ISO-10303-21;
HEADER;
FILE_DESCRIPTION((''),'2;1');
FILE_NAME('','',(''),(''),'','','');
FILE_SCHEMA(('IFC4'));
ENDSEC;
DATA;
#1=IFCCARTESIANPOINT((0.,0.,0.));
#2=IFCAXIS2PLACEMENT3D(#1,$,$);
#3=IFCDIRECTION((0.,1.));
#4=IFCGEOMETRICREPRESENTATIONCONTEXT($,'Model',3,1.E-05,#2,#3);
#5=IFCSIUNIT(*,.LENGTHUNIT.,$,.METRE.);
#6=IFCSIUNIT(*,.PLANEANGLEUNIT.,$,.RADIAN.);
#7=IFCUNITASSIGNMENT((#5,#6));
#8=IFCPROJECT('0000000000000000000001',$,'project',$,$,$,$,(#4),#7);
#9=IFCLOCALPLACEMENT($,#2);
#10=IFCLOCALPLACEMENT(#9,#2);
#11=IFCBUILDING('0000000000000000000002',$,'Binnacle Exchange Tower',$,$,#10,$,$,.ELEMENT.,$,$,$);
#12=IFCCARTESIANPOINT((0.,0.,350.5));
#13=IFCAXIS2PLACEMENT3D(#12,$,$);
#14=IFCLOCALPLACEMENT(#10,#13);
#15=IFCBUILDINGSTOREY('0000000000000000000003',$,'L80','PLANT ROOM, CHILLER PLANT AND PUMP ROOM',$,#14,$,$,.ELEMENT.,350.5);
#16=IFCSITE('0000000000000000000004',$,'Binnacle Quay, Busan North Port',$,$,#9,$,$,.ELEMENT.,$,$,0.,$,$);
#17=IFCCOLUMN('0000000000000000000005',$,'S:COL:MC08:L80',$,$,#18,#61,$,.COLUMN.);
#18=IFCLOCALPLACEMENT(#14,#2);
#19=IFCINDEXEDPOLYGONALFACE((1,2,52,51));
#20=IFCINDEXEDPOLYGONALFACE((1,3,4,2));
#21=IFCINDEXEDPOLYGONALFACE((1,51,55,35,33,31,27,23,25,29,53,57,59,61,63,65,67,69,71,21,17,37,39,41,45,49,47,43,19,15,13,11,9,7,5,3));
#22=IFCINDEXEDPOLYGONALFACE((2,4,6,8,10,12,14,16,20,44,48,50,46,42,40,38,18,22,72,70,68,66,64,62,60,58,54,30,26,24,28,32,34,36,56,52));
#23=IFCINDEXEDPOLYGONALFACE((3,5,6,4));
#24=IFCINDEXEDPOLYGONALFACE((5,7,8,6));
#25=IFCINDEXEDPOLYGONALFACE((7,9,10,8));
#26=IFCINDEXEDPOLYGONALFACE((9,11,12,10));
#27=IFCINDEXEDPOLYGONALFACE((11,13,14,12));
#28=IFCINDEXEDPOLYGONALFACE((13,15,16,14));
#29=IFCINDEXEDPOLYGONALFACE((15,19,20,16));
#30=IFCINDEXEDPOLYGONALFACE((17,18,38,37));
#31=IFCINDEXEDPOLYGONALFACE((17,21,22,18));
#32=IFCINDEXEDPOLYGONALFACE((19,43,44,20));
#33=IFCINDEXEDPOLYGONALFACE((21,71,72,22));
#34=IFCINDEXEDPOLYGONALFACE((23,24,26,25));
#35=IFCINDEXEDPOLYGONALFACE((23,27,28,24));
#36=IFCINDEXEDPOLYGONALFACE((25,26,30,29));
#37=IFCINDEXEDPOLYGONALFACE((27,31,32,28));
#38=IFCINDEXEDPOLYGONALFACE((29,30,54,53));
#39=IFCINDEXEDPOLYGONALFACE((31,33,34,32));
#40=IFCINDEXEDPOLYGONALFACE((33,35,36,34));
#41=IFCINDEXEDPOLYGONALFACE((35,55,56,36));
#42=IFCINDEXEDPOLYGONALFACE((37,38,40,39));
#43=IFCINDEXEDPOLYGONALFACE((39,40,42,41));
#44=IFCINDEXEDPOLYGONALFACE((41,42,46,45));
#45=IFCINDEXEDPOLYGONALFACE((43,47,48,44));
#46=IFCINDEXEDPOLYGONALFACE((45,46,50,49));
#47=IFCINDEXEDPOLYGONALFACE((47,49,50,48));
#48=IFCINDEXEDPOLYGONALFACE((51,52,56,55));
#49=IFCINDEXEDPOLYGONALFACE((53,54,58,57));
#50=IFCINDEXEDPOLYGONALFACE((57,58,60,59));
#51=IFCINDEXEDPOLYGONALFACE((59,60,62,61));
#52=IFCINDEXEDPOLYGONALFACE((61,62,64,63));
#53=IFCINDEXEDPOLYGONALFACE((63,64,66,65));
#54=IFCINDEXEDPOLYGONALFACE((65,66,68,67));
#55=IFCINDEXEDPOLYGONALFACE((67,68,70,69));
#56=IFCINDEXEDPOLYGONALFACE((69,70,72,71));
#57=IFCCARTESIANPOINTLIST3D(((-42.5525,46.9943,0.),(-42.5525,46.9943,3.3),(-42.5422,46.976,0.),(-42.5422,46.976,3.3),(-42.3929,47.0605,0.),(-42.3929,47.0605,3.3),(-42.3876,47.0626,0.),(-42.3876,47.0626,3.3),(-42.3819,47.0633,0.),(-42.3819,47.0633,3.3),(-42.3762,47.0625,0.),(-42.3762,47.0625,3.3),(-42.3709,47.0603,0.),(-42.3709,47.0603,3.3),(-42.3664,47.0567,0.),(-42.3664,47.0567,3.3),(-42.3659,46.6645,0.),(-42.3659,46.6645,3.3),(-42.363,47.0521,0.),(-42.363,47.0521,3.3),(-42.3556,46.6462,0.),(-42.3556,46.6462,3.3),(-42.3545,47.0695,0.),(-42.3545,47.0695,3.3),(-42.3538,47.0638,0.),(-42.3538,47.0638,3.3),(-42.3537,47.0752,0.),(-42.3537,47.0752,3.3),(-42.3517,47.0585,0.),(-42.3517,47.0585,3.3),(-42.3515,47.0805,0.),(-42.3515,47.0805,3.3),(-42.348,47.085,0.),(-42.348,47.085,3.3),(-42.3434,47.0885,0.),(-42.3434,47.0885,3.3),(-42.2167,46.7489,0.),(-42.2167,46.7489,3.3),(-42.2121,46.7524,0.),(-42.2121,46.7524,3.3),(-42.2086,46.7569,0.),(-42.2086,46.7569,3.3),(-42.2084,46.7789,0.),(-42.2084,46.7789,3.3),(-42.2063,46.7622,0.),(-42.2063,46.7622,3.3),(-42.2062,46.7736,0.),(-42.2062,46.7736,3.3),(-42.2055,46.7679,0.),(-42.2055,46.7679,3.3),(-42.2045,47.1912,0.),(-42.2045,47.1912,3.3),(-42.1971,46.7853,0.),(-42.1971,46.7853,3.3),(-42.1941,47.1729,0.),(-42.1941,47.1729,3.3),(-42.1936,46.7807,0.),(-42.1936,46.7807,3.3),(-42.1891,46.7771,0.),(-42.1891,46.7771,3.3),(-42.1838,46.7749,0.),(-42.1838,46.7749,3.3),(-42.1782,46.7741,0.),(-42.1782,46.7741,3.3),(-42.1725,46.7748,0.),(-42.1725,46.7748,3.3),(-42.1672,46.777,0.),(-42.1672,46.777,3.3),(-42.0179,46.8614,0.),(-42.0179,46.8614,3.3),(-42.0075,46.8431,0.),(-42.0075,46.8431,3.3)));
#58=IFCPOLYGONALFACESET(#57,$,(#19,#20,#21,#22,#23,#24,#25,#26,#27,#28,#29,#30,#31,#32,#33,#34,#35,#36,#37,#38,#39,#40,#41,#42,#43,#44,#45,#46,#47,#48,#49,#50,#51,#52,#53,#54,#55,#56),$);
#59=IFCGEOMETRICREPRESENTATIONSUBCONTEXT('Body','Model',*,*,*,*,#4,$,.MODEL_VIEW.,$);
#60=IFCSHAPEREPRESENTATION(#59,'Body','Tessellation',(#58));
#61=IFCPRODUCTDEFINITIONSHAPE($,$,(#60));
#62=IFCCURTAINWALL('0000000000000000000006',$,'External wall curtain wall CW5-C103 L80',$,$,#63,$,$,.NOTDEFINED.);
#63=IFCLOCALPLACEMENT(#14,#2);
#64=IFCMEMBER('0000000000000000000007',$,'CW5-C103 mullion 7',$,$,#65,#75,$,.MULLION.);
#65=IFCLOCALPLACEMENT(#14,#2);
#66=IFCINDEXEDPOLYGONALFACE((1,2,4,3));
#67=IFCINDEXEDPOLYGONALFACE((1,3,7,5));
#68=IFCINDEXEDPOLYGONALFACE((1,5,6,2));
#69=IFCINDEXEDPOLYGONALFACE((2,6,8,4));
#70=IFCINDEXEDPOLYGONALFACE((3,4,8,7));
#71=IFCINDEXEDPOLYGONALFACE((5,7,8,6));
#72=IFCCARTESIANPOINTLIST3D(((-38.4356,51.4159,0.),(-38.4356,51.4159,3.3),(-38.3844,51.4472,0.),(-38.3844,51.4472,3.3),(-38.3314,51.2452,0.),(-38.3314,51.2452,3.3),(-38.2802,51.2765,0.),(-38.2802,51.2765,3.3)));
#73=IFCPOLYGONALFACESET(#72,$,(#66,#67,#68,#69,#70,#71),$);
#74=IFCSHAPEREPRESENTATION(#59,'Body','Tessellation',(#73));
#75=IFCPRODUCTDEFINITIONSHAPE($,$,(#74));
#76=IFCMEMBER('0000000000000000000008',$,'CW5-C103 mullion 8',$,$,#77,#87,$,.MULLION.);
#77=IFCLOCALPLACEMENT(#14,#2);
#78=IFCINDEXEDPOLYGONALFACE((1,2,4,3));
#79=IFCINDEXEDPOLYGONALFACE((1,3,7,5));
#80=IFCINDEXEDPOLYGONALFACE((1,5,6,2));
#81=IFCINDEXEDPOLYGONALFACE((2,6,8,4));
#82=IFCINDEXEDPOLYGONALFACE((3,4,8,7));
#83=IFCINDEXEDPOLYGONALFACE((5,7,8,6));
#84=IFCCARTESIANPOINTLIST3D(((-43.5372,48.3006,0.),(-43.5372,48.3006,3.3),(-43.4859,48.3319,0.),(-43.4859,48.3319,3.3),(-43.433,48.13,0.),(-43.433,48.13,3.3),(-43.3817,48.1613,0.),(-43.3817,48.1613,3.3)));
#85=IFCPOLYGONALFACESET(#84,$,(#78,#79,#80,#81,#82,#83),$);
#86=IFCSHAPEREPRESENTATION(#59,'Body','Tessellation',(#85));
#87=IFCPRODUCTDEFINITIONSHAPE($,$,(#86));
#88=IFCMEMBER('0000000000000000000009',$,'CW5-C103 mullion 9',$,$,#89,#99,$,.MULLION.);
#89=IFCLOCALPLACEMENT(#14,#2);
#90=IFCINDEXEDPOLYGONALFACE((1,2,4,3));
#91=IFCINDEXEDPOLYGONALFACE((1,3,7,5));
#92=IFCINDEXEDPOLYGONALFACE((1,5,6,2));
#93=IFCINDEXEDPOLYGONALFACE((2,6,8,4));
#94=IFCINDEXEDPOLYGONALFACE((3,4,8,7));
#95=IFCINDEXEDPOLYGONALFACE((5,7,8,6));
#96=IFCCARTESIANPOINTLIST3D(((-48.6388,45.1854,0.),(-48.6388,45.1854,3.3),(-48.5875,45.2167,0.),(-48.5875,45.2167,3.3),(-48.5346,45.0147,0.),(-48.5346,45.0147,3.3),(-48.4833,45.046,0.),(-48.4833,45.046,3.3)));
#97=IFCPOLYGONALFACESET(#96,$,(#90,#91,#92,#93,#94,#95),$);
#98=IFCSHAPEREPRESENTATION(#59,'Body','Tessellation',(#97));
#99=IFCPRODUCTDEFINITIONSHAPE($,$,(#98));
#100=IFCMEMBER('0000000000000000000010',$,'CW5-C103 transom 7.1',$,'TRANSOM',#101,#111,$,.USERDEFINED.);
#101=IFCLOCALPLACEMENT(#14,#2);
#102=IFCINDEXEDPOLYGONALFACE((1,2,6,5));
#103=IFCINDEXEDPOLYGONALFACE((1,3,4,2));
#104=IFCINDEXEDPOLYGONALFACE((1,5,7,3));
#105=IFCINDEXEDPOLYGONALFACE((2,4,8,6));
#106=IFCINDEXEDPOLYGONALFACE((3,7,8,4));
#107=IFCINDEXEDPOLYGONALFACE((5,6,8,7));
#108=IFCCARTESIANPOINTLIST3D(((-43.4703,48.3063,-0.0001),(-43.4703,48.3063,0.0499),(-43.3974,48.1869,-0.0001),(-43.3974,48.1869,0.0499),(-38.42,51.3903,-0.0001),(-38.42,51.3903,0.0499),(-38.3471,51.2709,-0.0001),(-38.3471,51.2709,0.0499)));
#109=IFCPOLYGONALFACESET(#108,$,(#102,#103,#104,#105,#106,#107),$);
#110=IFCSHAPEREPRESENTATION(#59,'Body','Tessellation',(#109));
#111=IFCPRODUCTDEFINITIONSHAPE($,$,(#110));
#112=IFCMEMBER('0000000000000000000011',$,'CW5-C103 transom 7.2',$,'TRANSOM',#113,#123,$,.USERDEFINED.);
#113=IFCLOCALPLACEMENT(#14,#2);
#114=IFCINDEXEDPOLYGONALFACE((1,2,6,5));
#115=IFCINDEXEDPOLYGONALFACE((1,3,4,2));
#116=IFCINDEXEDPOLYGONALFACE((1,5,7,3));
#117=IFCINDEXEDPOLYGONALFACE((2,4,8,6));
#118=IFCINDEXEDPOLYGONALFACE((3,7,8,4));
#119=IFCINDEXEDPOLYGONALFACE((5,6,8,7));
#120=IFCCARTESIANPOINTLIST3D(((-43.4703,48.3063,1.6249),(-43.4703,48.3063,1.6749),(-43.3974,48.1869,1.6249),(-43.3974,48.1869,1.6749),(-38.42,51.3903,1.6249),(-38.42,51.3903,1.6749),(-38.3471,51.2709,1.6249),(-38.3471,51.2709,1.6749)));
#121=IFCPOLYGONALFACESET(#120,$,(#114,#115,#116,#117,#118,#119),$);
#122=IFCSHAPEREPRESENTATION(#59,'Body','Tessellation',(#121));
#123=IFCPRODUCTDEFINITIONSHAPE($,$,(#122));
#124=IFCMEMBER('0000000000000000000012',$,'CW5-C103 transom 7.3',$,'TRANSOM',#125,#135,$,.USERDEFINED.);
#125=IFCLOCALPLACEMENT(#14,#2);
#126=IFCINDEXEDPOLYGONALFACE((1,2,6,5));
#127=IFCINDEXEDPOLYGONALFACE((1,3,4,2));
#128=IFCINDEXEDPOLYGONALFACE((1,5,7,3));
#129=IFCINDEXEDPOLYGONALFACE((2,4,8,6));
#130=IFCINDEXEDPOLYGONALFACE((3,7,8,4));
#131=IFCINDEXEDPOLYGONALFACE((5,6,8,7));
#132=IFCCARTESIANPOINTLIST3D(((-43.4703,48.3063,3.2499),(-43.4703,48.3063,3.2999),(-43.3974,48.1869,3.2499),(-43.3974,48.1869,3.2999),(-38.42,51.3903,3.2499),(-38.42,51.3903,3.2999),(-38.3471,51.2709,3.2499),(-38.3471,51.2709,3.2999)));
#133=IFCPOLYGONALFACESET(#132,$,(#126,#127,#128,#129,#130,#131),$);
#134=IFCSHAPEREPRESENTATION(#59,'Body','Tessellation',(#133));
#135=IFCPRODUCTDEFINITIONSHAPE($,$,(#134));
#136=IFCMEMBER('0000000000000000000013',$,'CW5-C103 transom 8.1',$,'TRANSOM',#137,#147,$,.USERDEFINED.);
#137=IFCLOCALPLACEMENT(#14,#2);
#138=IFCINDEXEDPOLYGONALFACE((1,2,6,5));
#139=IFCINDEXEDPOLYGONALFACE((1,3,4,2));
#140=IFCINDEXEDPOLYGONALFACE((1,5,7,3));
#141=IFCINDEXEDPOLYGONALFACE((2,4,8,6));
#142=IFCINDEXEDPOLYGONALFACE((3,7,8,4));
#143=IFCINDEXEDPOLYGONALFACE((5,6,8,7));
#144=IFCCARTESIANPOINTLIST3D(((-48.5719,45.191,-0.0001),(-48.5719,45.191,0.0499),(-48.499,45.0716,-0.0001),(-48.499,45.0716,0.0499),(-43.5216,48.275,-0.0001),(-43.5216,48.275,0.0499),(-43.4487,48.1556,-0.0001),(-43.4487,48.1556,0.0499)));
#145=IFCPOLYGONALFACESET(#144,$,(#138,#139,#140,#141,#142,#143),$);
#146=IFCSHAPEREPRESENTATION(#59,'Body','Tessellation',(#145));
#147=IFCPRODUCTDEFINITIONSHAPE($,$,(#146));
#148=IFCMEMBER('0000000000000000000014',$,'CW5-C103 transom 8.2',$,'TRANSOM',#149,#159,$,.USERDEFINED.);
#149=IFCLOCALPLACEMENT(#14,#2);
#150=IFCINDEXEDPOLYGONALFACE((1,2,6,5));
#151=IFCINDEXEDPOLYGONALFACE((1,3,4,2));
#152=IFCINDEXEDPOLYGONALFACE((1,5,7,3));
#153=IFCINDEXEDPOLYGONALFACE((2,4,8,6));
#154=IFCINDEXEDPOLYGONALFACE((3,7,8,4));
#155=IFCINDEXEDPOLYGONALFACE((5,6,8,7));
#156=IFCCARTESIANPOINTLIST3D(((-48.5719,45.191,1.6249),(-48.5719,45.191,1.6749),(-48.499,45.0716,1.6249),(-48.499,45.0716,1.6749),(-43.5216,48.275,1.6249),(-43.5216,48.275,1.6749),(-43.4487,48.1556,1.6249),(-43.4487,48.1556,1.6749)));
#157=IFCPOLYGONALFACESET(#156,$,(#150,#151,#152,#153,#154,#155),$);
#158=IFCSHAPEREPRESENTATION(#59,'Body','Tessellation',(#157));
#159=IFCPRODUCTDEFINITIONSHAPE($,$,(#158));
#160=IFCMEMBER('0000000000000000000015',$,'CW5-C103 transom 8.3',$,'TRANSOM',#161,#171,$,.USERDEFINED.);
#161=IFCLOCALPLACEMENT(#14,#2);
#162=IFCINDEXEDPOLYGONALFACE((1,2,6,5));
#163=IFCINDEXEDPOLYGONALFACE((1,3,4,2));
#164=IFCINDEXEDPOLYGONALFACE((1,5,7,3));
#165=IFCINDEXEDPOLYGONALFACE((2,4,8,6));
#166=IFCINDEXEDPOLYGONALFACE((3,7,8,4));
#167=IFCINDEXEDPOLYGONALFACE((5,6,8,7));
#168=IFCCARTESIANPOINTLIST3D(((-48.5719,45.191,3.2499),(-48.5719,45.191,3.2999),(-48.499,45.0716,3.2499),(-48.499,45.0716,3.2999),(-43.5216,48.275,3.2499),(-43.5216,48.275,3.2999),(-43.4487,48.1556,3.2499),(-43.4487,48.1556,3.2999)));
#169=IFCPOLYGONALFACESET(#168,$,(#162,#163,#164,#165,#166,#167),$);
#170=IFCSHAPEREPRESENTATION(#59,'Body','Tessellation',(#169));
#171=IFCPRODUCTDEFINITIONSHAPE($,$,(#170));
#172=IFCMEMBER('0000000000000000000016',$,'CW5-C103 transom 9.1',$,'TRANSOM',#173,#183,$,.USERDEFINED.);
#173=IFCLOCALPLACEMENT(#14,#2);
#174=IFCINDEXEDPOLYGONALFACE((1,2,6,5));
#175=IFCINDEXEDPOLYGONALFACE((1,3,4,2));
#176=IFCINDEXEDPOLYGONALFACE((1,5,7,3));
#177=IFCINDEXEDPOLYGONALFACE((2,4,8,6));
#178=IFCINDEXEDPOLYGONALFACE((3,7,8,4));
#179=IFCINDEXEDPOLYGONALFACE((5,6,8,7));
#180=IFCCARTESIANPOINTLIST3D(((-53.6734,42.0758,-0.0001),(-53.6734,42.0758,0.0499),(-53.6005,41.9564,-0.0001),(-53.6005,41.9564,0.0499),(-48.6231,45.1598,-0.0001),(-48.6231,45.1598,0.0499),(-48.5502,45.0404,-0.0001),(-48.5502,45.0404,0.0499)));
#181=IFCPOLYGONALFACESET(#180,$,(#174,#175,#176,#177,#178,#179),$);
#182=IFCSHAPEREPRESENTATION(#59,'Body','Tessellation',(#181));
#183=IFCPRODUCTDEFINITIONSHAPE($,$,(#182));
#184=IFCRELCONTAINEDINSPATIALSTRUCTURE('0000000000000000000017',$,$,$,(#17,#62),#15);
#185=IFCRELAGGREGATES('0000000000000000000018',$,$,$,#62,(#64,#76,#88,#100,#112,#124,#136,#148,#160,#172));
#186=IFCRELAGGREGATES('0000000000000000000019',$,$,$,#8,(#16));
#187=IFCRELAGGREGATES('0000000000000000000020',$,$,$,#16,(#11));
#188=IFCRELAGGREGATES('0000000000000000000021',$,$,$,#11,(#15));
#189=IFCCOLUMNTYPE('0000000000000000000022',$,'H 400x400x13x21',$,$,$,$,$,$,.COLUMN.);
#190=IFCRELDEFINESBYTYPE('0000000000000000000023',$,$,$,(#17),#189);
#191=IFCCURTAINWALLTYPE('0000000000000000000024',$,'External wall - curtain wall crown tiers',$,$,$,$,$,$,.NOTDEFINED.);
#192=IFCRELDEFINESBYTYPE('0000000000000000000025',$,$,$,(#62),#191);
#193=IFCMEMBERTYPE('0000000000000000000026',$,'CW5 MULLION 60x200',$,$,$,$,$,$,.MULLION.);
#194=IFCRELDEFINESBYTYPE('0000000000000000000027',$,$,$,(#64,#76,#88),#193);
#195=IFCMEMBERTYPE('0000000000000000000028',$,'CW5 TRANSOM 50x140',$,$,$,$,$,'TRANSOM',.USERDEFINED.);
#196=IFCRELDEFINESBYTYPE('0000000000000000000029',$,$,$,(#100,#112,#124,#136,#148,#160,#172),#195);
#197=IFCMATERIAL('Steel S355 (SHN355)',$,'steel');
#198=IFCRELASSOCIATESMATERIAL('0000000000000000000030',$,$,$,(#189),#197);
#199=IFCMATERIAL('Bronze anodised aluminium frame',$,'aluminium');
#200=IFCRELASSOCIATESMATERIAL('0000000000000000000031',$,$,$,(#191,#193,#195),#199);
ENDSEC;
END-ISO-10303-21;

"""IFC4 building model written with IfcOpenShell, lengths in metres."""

from ifc_helpers import new_model, si_unit, direction, frame, origin, origin_2d, place, context, subcontext, project, spatial, rectangle, i_section, extrude, material, material_profile, profile_set, type_object, element, aggregate, save


model = new_model("IFC4")

# Units and contexts
model_context = context("Model", 3, precision=1e-05, world=origin(), true_north=direction((0.0, 1.0)))
body_context = subcontext(model_context, "Body", "Model", "MODEL_VIEW")
ifc_project = project(units=[si_unit("LENGTHUNIT", "METRE"), si_unit("PLANEANGLEUNIT", "RADIAN")], contexts=[model_context])

# Site, building, storey
site_placement = place(None, origin())
site = spatial("IfcSite", under=ifc_project, at=site_placement, Name="Binnacle Quay, Busan North Port", CompositionType="ELEMENT", RefElevation=0.0)
building_placement = place(site_placement, origin())
building = spatial("IfcBuilding", under=site, at=building_placement, Name="Binnacle Exchange Tower", CompositionType="ELEMENT")
storey_placement = place(building_placement, frame((0.0, 0.0, 350.5)))
storey = spatial("IfcBuildingStorey", under=building, at=storey_placement, Name="L80", Description="PLANT ROOM, CHILLER PLANT AND PUMP ROOM", CompositionType="ELEMENT", Elevation=350.5)

# Column
ifc_material_1 = material(Name="Steel S355 (SHN355)", Category="steel")
ifc_material_profile_1 = material_profile(ifc_material_1, i_section(OverallWidth=0.3999, OverallDepth=0.3999, WebThickness=0.0129, FlangeThickness=0.021, FilletRadius=0.022, at=origin_2d()), Name="H 400x400x13x21")
ifc_profile_set_1 = profile_set([ifc_material_profile_1], Name="Steel S355 (SHN355)")
column_type = type_object("IfcColumnType", Name="H 400x400x13x21", PredefinedType="COLUMN", material=ifc_profile_set_1)
column_placement = place(storey_placement, frame((-42.28, 46.9187, 0.0), z_axis=(0.0, 0.0, 1.0), x_axis=(-0.870356, -0.492424, 0.0)))
element("IfcColumn", 1, at=column_placement, inside=storey, type_object=column_type, Name="S:COL:MC08:L80", PredefinedType="COLUMN", context=body_context, shape_type="SweptSolid", body=[
    extrude(i_section(OverallWidth=0.3999, OverallDepth=0.3999, WebThickness=0.0129, FlangeThickness=0.021, FilletRadius=0.022, at=origin_2d()), origin(), (0.0, 0.0, 1.0), 3.3),
])

# Curtain wall, members
ifc_material_2 = material(Name="Bronze anodised aluminium frame", Category="aluminium")
curtain_wall_type = type_object("IfcCurtainWallType", Name="External wall - curtain wall crown tiers", PredefinedType="NOTDEFINED", material=ifc_material_2)
curtain_wall_placement = place(storey_placement, origin())
curtain_wall = element("IfcCurtainWall", 2, at=curtain_wall_placement, inside=storey, type_object=curtain_wall_type, Name="External wall curtain wall CW5-C103 L80", PredefinedType="NOTDEFINED")
ifc_material_profile_2 = material_profile(ifc_material_2, rectangle(XDim=0.2, YDim=0.0601, at=origin_2d()), Name="AL 60x200")
ifc_profile_set_2 = profile_set([ifc_material_profile_2], Name="Bronze anodised aluminium frame")
member_type_1 = type_object("IfcMemberType", Name="CW5 MULLION 60x200", PredefinedType="MULLION", material=ifc_profile_set_2)
member_1_placement = place(storey_placement, frame((-38.3579, 51.3462, 0.0), z_axis=(0.0, 0.0, 1.0), x_axis=(0.521157, -0.853461, 0.0)))
member_1 = element("IfcMember", 3, at=member_1_placement, type_object=member_type_1, Name="CW5-C103 mullion 7", PredefinedType="MULLION", context=body_context, shape_type="SweptSolid", body=[
    extrude(rectangle(XDim=0.2, YDim=0.0601, at=origin_2d()), origin(), (0.0, 0.0, 1.0), 3.3),
])
member_2_placement = place(storey_placement, frame((-43.4595, 48.231, 0.0), z_axis=(0.0, 0.0, 1.0), x_axis=(0.521157, -0.853461, 0.0)))
member_2 = element("IfcMember", 4, at=member_2_placement, type_object=member_type_1, Name="CW5-C103 mullion 8", PredefinedType="MULLION", context=body_context, shape_type="SweptSolid", body=[
    extrude(rectangle(XDim=0.2, YDim=0.0601, at=origin_2d()), origin(), (0.0, 0.0, 1.0), 3.3),
])
member_3_placement = place(storey_placement, frame((-48.561, 45.1157, 0.0), z_axis=(0.0, 0.0, 1.0), x_axis=(0.521157, -0.853461, 0.0)))
member_3 = element("IfcMember", 5, at=member_3_placement, type_object=member_type_1, Name="CW5-C103 mullion 9", PredefinedType="MULLION", context=body_context, shape_type="SweptSolid", body=[
    extrude(rectangle(XDim=0.2, YDim=0.0601, at=origin_2d()), origin(), (0.0, 0.0, 1.0), 3.3),
])
ifc_material_profile_3 = material_profile(ifc_material_2, rectangle(XDim=0.1399, YDim=0.05, at=origin_2d()), Name="AL 140x50")
ifc_profile_set_3 = profile_set([ifc_material_profile_3], Name="Bronze anodised aluminium frame")
member_type_2 = type_object("IfcMemberType", Name="CW5 TRANSOM 50x140", ElementType="TRANSOM", PredefinedType="USERDEFINED", material=ifc_profile_set_3)
member_4_placement = place(storey_placement, frame((-38.3835, 51.3306, 0.0249), z_axis=(-0.853455, -0.521166, 0.0), x_axis=(0.521166, -0.853455, 0.0)))
member_4 = element("IfcMember", 6, at=member_4_placement, type_object=member_type_2, Name="CW5-C103 transom 7.1", ObjectType="TRANSOM", PredefinedType="USERDEFINED", context=body_context, shape_type="SweptSolid", body=[
    extrude(rectangle(XDim=0.1399, YDim=0.05, at=origin_2d()), origin(), (0.0, 0.0, 1.0), 5.9175),
])
member_5_placement = place(storey_placement, frame((-38.3835, 51.3306, 1.6499), z_axis=(-0.853455, -0.521166, 0.0), x_axis=(0.521166, -0.853455, 0.0)))
member_5 = element("IfcMember", 7, at=member_5_placement, type_object=member_type_2, Name="CW5-C103 transom 7.2", ObjectType="TRANSOM", PredefinedType="USERDEFINED", context=body_context, shape_type="SweptSolid", body=[
    extrude(rectangle(XDim=0.1399, YDim=0.05, at=origin_2d()), origin(), (0.0, 0.0, 1.0), 5.9175),
])
member_6_placement = place(storey_placement, frame((-38.3835, 51.3306, 3.2749), z_axis=(-0.853455, -0.521166, 0.0), x_axis=(0.521166, -0.853455, 0.0)))
member_6 = element("IfcMember", 8, at=member_6_placement, type_object=member_type_2, Name="CW5-C103 transom 7.3", ObjectType="TRANSOM", PredefinedType="USERDEFINED", context=body_context, shape_type="SweptSolid", body=[
    extrude(rectangle(XDim=0.1399, YDim=0.05, at=origin_2d()), origin(), (0.0, 0.0, 1.0), 5.9175),
])
member_7_placement = place(storey_placement, frame((-43.4851, 48.2153, 0.0249), z_axis=(-0.853455, -0.521166, 0.0), x_axis=(0.521166, -0.853455, 0.0)))
member_7 = element("IfcMember", 9, at=member_7_placement, type_object=member_type_2, Name="CW5-C103 transom 8.1", ObjectType="TRANSOM", PredefinedType="USERDEFINED", context=body_context, shape_type="SweptSolid", body=[
    extrude(rectangle(XDim=0.1399, YDim=0.05, at=origin_2d()), origin(), (0.0, 0.0, 1.0), 5.9175),
])
member_8_placement = place(storey_placement, frame((-43.4851, 48.2153, 1.6499), z_axis=(-0.853455, -0.521166, 0.0), x_axis=(0.521166, -0.853455, 0.0)))
member_8 = element("IfcMember", 10, at=member_8_placement, type_object=member_type_2, Name="CW5-C103 transom 8.2", ObjectType="TRANSOM", PredefinedType="USERDEFINED", context=body_context, shape_type="SweptSolid", body=[
    extrude(rectangle(XDim=0.1399, YDim=0.05, at=origin_2d()), origin(), (0.0, 0.0, 1.0), 5.9175),
])
member_9_placement = place(storey_placement, frame((-43.4851, 48.2153, 3.2749), z_axis=(-0.853455, -0.521166, 0.0), x_axis=(0.521166, -0.853455, 0.0)))
member_9 = element("IfcMember", 11, at=member_9_placement, type_object=member_type_2, Name="CW5-C103 transom 8.3", ObjectType="TRANSOM", PredefinedType="USERDEFINED", context=body_context, shape_type="SweptSolid", body=[
    extrude(rectangle(XDim=0.1399, YDim=0.05, at=origin_2d()), origin(), (0.0, 0.0, 1.0), 5.9175),
])
member_10_placement = place(storey_placement, frame((-48.5867, 45.1001, 0.0249), z_axis=(-0.853455, -0.521166, 0.0), x_axis=(0.521166, -0.853455, 0.0)))
member_10 = element("IfcMember", 12, at=member_10_placement, type_object=member_type_2, Name="CW5-C103 transom 9.1", ObjectType="TRANSOM", PredefinedType="USERDEFINED", context=body_context, shape_type="SweptSolid", body=[
    extrude(rectangle(XDim=0.1399, YDim=0.05, at=origin_2d()), origin(), (0.0, 0.0, 1.0), 5.9175),
])

aggregate(curtain_wall, [member_1, member_2, member_3, member_4, member_5, member_6, member_7, member_8, member_9, member_10])

save(model, "model.ifc")
